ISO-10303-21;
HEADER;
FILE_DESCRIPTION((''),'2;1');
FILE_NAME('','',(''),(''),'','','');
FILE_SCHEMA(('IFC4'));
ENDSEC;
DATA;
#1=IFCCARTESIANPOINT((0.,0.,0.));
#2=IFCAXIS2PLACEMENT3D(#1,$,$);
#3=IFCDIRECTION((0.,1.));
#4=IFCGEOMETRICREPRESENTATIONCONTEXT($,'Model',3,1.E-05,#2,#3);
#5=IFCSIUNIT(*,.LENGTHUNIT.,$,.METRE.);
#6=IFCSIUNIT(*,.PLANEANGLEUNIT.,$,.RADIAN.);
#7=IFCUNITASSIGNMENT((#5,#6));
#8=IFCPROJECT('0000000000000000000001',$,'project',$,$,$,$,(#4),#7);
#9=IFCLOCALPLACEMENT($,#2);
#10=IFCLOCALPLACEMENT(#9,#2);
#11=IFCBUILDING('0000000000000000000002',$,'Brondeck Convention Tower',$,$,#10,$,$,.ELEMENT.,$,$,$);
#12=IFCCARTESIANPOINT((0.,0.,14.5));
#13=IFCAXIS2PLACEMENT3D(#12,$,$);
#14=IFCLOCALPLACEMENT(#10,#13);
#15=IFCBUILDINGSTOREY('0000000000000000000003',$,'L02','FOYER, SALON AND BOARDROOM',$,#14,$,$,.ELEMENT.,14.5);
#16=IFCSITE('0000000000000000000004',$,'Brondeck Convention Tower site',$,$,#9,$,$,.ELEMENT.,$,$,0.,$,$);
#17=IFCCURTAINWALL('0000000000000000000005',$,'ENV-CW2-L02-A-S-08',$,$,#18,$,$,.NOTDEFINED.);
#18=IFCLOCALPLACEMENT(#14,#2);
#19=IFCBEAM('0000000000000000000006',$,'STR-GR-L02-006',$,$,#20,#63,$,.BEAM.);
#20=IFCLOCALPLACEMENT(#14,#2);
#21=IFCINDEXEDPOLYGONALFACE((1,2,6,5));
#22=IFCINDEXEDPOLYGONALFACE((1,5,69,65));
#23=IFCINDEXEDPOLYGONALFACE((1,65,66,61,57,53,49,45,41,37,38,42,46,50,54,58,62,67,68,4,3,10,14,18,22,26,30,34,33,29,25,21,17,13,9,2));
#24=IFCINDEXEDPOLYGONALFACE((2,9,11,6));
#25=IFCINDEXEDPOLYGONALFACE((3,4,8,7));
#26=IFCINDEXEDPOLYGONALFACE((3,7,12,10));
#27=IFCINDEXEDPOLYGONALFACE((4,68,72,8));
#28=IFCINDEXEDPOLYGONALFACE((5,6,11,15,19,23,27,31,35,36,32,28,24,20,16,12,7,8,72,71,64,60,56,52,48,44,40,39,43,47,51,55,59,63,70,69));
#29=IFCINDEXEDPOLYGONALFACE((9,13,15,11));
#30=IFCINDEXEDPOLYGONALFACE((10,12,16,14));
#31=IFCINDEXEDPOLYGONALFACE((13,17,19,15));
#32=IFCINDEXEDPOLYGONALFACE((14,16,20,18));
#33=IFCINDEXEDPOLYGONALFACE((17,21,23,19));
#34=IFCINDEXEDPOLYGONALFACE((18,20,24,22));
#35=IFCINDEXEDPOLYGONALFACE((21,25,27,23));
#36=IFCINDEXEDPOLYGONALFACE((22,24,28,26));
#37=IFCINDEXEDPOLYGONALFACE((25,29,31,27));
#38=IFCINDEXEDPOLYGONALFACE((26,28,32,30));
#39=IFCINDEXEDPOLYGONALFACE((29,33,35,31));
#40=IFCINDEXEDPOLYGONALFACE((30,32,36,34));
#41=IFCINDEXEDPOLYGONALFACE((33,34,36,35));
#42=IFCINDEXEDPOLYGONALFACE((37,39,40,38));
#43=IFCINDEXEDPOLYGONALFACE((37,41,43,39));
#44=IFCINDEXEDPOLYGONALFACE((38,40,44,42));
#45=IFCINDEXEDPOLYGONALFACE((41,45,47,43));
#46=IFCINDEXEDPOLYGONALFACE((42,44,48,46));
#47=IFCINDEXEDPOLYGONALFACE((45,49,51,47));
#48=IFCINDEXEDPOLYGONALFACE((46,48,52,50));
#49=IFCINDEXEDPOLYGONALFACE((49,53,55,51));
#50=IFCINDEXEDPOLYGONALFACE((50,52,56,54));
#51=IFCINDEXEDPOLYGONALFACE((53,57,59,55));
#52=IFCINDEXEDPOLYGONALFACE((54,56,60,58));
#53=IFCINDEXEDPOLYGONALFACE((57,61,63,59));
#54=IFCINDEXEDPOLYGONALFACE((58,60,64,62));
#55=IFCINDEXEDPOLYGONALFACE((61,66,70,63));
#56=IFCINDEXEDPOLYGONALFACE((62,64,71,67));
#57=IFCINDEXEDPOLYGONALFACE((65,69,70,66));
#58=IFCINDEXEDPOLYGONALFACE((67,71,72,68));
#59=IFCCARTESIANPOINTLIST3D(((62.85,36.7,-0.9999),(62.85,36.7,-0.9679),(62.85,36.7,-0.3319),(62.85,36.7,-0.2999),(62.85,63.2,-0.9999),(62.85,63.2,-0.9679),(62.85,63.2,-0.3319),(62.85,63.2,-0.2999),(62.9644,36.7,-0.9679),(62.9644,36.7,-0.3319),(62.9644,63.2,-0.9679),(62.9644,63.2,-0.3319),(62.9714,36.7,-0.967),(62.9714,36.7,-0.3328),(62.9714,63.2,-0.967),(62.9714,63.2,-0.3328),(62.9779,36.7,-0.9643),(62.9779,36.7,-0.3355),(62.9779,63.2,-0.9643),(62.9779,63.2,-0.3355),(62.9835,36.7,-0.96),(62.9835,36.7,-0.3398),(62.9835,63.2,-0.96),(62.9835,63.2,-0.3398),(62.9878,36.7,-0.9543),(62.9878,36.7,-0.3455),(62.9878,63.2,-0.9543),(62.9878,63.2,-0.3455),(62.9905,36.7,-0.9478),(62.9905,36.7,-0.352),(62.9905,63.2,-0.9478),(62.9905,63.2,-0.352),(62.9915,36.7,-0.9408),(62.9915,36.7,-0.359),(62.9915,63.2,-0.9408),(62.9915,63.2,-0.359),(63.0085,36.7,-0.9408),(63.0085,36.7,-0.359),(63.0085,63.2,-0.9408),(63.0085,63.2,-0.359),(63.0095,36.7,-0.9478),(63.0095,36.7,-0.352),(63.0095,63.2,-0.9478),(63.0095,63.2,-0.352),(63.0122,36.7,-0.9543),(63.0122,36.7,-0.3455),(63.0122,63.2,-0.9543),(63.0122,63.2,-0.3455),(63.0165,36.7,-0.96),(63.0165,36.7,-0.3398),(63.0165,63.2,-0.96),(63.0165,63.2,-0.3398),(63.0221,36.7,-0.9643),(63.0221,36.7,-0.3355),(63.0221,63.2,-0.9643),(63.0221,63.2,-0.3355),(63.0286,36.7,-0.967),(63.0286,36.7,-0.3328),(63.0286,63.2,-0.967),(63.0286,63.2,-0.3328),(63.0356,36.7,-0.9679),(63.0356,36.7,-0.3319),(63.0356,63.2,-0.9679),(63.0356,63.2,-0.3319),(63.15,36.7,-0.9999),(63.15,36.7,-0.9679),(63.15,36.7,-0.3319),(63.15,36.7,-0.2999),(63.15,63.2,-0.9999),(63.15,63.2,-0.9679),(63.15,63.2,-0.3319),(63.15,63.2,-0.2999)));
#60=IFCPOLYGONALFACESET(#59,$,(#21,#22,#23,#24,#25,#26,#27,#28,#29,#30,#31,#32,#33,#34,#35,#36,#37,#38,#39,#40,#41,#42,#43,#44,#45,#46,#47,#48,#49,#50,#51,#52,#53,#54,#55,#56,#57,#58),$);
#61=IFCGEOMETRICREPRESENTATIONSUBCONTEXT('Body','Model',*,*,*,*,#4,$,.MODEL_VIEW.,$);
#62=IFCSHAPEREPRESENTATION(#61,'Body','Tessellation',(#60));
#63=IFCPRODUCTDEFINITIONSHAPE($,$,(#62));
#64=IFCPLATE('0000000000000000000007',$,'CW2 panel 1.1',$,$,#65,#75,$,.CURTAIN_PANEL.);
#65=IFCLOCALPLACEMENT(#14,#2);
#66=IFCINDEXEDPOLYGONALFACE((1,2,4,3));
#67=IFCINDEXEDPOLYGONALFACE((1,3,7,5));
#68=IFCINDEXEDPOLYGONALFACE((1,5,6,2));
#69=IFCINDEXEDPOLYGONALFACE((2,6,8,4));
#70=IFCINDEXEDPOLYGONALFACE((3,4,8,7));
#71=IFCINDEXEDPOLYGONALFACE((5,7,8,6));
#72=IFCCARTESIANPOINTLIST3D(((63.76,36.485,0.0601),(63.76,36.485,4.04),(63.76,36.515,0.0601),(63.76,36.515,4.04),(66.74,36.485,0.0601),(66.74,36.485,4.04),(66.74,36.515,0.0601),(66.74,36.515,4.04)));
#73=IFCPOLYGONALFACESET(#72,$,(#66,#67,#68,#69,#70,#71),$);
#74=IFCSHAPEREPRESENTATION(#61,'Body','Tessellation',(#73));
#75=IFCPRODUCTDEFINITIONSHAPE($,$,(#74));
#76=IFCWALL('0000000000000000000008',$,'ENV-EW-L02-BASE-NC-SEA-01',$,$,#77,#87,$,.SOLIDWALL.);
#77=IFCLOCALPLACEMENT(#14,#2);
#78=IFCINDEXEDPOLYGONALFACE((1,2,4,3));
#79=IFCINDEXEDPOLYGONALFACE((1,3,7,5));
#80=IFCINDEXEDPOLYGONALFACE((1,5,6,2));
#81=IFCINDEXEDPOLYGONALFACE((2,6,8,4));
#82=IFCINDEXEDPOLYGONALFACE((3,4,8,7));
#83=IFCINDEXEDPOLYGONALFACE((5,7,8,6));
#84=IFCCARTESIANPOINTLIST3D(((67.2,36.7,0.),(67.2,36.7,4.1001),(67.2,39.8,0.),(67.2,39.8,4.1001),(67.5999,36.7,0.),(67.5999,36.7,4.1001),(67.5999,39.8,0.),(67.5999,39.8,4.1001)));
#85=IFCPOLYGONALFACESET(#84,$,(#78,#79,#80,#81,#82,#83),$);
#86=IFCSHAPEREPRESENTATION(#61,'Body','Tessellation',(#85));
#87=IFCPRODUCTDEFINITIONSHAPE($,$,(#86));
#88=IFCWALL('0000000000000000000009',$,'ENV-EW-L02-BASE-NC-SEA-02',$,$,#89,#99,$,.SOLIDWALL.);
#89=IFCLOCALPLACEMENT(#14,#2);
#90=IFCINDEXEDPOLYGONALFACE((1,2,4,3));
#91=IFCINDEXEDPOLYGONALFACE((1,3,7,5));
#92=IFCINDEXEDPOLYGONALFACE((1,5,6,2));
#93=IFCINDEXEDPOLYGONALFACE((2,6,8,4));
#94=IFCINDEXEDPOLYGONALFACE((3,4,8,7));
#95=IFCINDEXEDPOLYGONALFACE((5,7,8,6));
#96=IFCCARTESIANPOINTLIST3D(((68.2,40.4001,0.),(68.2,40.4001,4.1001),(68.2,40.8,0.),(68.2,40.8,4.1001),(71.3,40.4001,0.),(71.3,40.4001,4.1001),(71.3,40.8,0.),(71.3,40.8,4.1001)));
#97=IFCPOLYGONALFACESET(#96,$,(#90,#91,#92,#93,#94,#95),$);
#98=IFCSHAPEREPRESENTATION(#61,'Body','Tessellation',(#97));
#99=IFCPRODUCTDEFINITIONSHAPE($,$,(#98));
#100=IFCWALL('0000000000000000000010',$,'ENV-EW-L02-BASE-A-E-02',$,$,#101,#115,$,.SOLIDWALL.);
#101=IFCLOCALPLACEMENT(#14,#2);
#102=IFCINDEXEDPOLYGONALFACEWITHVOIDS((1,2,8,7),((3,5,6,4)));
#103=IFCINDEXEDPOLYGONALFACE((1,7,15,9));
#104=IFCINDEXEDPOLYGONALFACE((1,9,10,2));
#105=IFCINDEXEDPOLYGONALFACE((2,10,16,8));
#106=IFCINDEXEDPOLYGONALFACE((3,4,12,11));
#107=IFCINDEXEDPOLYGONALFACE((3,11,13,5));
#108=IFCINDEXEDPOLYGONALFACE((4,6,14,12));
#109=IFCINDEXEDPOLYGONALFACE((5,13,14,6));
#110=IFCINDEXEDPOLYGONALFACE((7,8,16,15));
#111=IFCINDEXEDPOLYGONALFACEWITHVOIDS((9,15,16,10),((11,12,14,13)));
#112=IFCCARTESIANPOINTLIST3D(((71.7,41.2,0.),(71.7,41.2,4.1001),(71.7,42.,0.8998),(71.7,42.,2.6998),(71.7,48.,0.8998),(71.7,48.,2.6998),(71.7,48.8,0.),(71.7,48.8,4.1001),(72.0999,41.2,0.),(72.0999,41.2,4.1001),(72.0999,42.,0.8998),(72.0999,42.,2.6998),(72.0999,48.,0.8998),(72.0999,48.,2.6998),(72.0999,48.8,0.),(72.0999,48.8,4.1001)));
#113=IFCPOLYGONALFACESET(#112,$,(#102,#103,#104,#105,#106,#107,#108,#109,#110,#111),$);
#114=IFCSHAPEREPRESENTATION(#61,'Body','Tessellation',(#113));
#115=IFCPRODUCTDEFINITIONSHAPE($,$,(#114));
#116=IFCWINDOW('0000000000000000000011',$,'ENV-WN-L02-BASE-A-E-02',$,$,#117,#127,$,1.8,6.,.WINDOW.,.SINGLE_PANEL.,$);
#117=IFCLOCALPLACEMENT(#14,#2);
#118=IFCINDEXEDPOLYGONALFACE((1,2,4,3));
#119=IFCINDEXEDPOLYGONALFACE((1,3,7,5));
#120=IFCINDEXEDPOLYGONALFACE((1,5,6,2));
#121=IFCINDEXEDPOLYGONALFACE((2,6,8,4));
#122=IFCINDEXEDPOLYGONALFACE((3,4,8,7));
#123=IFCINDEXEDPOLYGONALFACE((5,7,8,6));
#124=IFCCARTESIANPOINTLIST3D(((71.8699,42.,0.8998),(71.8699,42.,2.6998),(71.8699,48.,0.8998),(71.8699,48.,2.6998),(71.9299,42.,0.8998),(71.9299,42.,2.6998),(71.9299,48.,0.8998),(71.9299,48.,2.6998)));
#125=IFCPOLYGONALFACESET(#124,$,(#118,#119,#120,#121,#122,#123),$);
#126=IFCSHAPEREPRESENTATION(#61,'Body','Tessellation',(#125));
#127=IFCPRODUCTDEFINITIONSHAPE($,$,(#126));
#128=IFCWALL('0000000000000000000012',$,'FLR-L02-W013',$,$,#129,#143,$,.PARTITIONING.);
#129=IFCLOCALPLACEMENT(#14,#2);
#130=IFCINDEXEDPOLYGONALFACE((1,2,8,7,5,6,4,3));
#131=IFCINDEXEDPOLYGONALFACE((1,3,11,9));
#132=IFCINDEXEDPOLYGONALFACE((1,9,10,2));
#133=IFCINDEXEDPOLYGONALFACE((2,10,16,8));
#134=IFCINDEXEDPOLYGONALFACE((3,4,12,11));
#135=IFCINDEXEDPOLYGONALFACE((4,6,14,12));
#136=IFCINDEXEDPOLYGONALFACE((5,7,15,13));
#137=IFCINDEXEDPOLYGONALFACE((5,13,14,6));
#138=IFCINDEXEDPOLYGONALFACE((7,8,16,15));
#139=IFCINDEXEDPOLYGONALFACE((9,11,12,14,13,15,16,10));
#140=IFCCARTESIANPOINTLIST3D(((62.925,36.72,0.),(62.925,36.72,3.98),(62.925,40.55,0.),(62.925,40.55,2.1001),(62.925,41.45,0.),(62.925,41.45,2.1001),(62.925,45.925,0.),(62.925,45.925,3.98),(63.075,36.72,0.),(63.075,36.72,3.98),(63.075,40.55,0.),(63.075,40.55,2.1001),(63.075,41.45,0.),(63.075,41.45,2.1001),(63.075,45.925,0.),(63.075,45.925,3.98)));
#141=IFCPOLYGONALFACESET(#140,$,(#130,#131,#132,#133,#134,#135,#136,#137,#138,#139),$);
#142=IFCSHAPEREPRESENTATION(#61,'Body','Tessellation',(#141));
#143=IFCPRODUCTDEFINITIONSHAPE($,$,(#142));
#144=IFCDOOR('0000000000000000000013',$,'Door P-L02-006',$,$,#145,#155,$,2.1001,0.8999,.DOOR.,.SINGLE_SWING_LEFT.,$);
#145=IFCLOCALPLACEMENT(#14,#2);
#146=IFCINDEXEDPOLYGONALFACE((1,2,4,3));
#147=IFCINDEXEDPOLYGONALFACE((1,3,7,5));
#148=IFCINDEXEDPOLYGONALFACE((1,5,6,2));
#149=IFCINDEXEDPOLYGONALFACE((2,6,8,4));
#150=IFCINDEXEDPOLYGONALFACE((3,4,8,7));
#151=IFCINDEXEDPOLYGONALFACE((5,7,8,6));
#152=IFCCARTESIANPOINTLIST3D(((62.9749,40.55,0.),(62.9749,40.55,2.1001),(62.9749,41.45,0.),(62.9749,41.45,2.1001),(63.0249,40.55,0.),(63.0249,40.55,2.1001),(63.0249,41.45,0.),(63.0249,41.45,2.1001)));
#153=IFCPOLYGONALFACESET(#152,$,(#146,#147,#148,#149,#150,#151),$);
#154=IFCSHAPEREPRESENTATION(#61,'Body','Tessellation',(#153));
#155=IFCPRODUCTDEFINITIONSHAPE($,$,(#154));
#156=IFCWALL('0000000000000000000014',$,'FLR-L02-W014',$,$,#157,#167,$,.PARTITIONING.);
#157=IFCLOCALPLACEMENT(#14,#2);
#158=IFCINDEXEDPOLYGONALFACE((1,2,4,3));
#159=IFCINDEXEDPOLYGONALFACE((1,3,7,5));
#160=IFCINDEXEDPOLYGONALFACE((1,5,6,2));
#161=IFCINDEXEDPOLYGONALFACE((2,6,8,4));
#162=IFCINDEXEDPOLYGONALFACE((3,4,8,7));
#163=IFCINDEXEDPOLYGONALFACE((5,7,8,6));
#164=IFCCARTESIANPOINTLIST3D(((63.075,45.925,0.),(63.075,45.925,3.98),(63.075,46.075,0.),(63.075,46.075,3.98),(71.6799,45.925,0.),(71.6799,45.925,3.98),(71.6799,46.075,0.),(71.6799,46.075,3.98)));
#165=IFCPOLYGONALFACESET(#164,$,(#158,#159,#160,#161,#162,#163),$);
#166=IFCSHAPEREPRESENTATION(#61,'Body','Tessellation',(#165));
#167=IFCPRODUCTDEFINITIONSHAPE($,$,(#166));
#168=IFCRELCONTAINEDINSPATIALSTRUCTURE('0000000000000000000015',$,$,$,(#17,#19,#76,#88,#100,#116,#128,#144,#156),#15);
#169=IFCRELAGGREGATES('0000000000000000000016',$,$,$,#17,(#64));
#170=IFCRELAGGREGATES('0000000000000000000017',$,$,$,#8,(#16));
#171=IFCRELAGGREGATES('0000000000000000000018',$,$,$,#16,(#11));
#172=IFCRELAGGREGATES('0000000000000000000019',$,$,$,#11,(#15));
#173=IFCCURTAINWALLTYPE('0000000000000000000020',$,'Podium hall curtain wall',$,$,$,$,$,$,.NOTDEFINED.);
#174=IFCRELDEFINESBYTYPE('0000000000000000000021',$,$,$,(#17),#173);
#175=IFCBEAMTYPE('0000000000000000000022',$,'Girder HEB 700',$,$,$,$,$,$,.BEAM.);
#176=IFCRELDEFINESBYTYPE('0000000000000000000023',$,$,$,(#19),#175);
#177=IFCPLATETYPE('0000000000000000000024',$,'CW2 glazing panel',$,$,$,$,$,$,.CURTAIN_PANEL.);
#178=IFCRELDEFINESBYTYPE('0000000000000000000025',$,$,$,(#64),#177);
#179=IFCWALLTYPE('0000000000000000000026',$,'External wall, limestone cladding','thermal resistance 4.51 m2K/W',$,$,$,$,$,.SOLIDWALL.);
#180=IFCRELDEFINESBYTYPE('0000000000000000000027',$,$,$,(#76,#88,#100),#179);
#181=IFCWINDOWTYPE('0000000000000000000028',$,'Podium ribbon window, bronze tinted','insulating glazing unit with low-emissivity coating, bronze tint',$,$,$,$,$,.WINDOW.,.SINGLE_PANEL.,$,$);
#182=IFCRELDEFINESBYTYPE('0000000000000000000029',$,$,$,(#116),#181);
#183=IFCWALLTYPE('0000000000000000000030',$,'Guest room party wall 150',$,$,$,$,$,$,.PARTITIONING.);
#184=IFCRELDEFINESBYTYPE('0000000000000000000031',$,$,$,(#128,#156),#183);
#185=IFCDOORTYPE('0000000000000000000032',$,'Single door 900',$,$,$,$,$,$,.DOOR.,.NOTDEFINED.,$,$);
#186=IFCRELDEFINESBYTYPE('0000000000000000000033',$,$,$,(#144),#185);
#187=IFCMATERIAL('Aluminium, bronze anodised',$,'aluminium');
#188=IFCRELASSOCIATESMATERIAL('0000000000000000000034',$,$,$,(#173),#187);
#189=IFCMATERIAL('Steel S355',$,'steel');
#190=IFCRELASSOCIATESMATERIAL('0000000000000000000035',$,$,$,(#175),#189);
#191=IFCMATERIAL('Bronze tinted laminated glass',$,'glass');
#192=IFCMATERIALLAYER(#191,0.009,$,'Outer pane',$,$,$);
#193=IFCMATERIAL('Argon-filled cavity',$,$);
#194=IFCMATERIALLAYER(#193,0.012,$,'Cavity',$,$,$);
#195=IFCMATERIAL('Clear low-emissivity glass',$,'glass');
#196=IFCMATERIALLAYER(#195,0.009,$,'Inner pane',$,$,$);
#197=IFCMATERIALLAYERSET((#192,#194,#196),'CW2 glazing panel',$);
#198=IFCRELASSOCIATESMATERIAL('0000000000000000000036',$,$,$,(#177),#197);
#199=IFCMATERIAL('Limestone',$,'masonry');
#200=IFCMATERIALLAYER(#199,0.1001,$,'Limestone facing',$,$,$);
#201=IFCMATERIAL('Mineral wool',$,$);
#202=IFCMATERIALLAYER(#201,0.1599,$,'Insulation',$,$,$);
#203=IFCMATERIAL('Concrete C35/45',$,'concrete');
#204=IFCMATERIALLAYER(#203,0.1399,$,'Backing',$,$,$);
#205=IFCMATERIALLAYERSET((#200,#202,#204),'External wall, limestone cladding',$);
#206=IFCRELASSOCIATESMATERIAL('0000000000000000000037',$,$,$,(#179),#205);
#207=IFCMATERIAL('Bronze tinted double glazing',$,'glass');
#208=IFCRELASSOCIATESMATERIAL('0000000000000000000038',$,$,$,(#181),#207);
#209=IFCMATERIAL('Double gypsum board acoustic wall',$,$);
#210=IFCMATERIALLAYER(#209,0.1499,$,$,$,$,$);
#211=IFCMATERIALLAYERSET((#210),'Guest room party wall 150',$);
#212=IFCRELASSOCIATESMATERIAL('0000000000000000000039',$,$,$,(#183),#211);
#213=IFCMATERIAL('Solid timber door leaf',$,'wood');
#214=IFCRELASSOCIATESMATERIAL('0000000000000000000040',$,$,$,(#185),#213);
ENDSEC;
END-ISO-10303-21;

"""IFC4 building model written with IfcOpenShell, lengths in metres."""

from ifc_helpers import new_model, si_unit, direction, frame, frame_2d, origin, origin_2d, place, context, subcontext, project, spatial, rectangle, i_section, extrude, material, layer, layer_set, material_profile, profile_set, type_object, element, fill, aggregate, save


model = new_model("IFC4")

# Units and contexts
model_context = context("Model", 3, precision=1e-05, world=origin(), true_north=direction((0.0, 1.0)))
body_context = subcontext(model_context, "Body", "Model", "MODEL_VIEW")
ifc_project = project(units=[si_unit("LENGTHUNIT", "METRE"), si_unit("PLANEANGLEUNIT", "RADIAN")], contexts=[model_context])

# Site, building, storey
site_placement = place(None, origin())
site = spatial("IfcSite", under=ifc_project, at=site_placement, Name="Brondeck Convention Tower site", CompositionType="ELEMENT", RefElevation=0.0)
building_placement = place(site_placement, origin())
building = spatial("IfcBuilding", under=site, at=building_placement, Name="Brondeck Convention Tower", CompositionType="ELEMENT")
storey_placement = place(building_placement, frame((0.0, 0.0, 14.5)))
storey = spatial("IfcBuildingStorey", under=building, at=storey_placement, Name="L02", Description="FOYER, SALON AND BOARDROOM", CompositionType="ELEMENT", Elevation=14.5)

# Curtain wall
ifc_material_1 = material(Name="Aluminium, bronze anodised", Category="aluminium")
curtain_wall_type = type_object("IfcCurtainWallType", Name="Podium hall curtain wall", PredefinedType="NOTDEFINED", material=ifc_material_1)
curtain_wall_placement = place(storey_placement, origin())
curtain_wall = element("IfcCurtainWall", 1, at=curtain_wall_placement, inside=storey, type_object=curtain_wall_type, Name="ENV-CW2-L02-A-S-08", PredefinedType="NOTDEFINED")

# Beam
ifc_material_2 = material(Name="Steel S355", Category="steel")
ifc_material_profile_1 = material_profile(ifc_material_2, i_section(OverallWidth=0.3, OverallDepth=0.7, WebThickness=0.0171, FlangeThickness=0.032, FilletRadius=0.0271, at=origin_2d()), Name="HEB 700")
ifc_profile_set_1 = profile_set([ifc_material_profile_1], Name="Steel S355")
beam_type_1 = type_object("IfcBeamType", Name="Girder HEB 700", PredefinedType="BEAM", material=ifc_profile_set_1)
beam_1_placement = place(storey_placement, frame((63.0, 36.7, -0.6499), z_axis=(0.0, 1.0, 0.0), x_axis=(-1.0, 0.0, 0.0)))
element("IfcBeam", 2, at=beam_1_placement, inside=storey, type_object=beam_type_1, Name="STR-GR-L02-006", PredefinedType="BEAM", context=body_context, shape_type="SweptSolid", body=[
    extrude(i_section(OverallWidth=0.3, OverallDepth=0.7, WebThickness=0.0171, FlangeThickness=0.032, FilletRadius=0.0271, at=origin_2d()), origin(), (0.0, 0.0, 1.0), 26.5),
])

# Plate
ifc_material_3 = material(Name="Bronze tinted laminated glass", Category="glass")
ifc_layer_1 = layer(ifc_material_3, 0.009, Name="Outer pane")
ifc_material_4 = material(Name="Argon-filled cavity")
ifc_layer_2 = layer(ifc_material_4, 0.012, Name="Cavity")
ifc_material_5 = material(Name="Clear low-emissivity glass", Category="glass")
ifc_layer_3 = layer(ifc_material_5, 0.009, Name="Inner pane")
ifc_layer_set_1 = layer_set([ifc_layer_1, ifc_layer_2, ifc_layer_3], Name="CW2 glazing panel")
plate_type = type_object("IfcPlateType", Name="CW2 glazing panel", PredefinedType="CURTAIN_PANEL", material=ifc_layer_set_1)
plate_placement = place(storey_placement, frame((65.25, 36.5, 0.0601), z_axis=(0.0, 0.0, 1.0), x_axis=(-1.0, 0.0, 0.0)))
plate = element("IfcPlate", 3, at=plate_placement, type_object=plate_type, Name="CW2 panel 1.1", PredefinedType="CURTAIN_PANEL", context=body_context, shape_type="SweptSolid", body=[
    extrude(rectangle(XDim=2.98, YDim=0.03, at=origin_2d()), origin(), (0.0, 0.0, 1.0), 3.98),
])
aggregate(curtain_wall, [plate])

# Walls
ifc_material_6 = material(Name="Limestone", Category="masonry")
ifc_layer_4 = layer(ifc_material_6, 0.1001, Name="Limestone facing")
ifc_material_7 = material(Name="Mineral wool")
ifc_layer_5 = layer(ifc_material_7, 0.1599, Name="Insulation")
ifc_material_8 = material(Name="Concrete C35/45", Category="concrete")
ifc_layer_6 = layer(ifc_material_8, 0.1399, Name="Backing")
ifc_layer_set_2 = layer_set([ifc_layer_4, ifc_layer_5, ifc_layer_6], Name="External wall, limestone cladding")
wall_type_1 = type_object("IfcWallType", Name="External wall, limestone cladding", Description="thermal resistance 4.51 m2K/W", PredefinedType="SOLIDWALL", material=ifc_layer_set_2)
for number, where, z_axis, x_axis, name in (
    (4, (67.3999, 39.8, 0.0), (0.0, 0.0, 1.0), (0.0, -1.0, 0.0), "ENV-EW-L02-BASE-NC-SEA-01"),
    (5, (71.3, 40.6001, 0.0), (0.0, 0.0, 1.0), (-1.0, 0.0, 0.0), "ENV-EW-L02-BASE-NC-SEA-02"),
):
    element("IfcWall", number, at=place(storey_placement, frame(where, z_axis=z_axis, x_axis=x_axis)), inside=storey, type_object=wall_type_1, Name=name, PredefinedType="SOLIDWALL", context=body_context, shape_type="SweptSolid", body=[
        extrude(rectangle(XDim=3.1001, YDim=0.3999, at=frame_2d((1.55, 0.0))), origin(), (0.0, 0.0, 1.0), 4.1001),
    ])

# Wall, opening, window
wall_1_placement = place(storey_placement, frame((71.8999, 48.8, 0.0), z_axis=(0.0, 0.0, 1.0), x_axis=(0.0, -1.0, 0.0)))
wall_1 = element("IfcWall", 6, at=wall_1_placement, inside=storey, type_object=wall_type_1, Name="ENV-EW-L02-BASE-A-E-02", PredefinedType="SOLIDWALL", context=body_context, shape_type="SweptSolid", body=[
    extrude(rectangle(XDim=7.6001, YDim=0.3999, at=frame_2d((3.8, 0.0))), origin(), (0.0, 0.0, 1.0), 4.1001),
])
opening_1_placement = place(wall_1_placement, frame((0.8, 0.0, 0.8999)))
opening_1 = element("IfcOpeningElement", 7, at=opening_1_placement, cuts=wall_1, PredefinedType="OPENING", context=body_context, shape_type="SweptSolid", body=[
    extrude(rectangle(XDim=6.0, YDim=1.8, at=frame_2d((3.0, 0.8999))), frame((0.0, 0.21, 0.0), z_axis=(0.0, -1.0, 0.0), x_axis=(1.0, 0.0, 0.0)), (0.0, 0.0, 1.0), 0.4199),
])
ifc_material_9 = material(Name="Bronze tinted double glazing", Category="glass")
window_type = type_object("IfcWindowType", Name="Podium ribbon window, bronze tinted", Description="insulating glazing unit with low-emissivity coating, bronze tint", PartitioningType="SINGLE_PANEL", PredefinedType="WINDOW", material=ifc_material_9)
window_placement = place(opening_1_placement, origin())
window = element("IfcWindow", 8, at=window_placement, inside=storey, type_object=window_type, Name="ENV-WN-L02-BASE-A-E-02", OverallHeight=1.8, OverallWidth=6.0, PartitioningType="SINGLE_PANEL", PredefinedType="WINDOW", context=body_context, shape_type="SweptSolid", body=[
    extrude(rectangle(XDim=6.0, YDim=1.8, at=frame_2d((3.0, 0.8999))), frame((0.0, 0.03, 0.0), z_axis=(0.0, -1.0, 0.0), x_axis=(1.0, 0.0, 0.0)), (0.0, 0.0, 1.0), 0.0601),
])
fill(opening_1, window)

# Wall, opening, door
ifc_material_10 = material(Name="Double gypsum board acoustic wall")
ifc_layer_7 = layer(ifc_material_10, 0.1499)
ifc_layer_set_3 = layer_set([ifc_layer_7], Name="Guest room party wall 150")
wall_type_2 = type_object("IfcWallType", Name="Guest room party wall 150", PredefinedType="PARTITIONING", material=ifc_layer_set_3)
wall_2_placement = place(storey_placement, frame((63.0, 45.925, 0.0), z_axis=(0.0, 0.0, 1.0), x_axis=(0.0, -1.0, 0.0)))
wall_2 = element("IfcWall", 9, at=wall_2_placement, inside=storey, type_object=wall_type_2, Name="FLR-L02-W013", PredefinedType="PARTITIONING", context=body_context, shape_type="SweptSolid", body=[
    extrude(rectangle(XDim=9.2051, YDim=0.1499, at=frame_2d((4.6025, 0.0))), origin(), (0.0, 0.0, 1.0), 3.98),
])
opening_2_placement = place(wall_2_placement, frame((4.4751, 0.0, 0.0)))
opening_2 = element("IfcOpeningElement", 10, at=opening_2_placement, cuts=wall_2, PredefinedType="OPENING", context=body_context, shape_type="SweptSolid", body=[
    extrude(rectangle(XDim=0.8999, YDim=2.1001, at=frame_2d((0.45, 1.05))), frame((0.0, 0.085, 0.0), z_axis=(0.0, -1.0, 0.0), x_axis=(1.0, 0.0, 0.0)), (0.0, 0.0, 1.0), 0.1699),
])
ifc_material_11 = material(Name="Solid timber door leaf", Category="wood")
door_type_1 = type_object("IfcDoorType", Name="Single door 900", OperationType="NOTDEFINED", PredefinedType="DOOR", material=ifc_material_11)
door_1_placement = place(opening_2_placement, origin())
door_1 = element("IfcDoor", 11, at=door_1_placement, inside=storey, type_object=door_type_1, Name="Door P-L02-006", OperationType="SINGLE_SWING_LEFT", OverallHeight=2.1001, OverallWidth=0.8999, PredefinedType="DOOR", context=body_context, shape_type="SweptSolid", body=[
    extrude(rectangle(XDim=0.8999, YDim=2.1001, at=frame_2d((0.45, 1.05))), frame((0.0, 0.0249, 0.0), z_axis=(0.0, -1.0, 0.0), x_axis=(1.0, 0.0, 0.0)), (0.0, 0.0, 1.0), 0.05),
])
fill(opening_2, door_1)

# Wall
wall_3_placement = place(storey_placement, frame((63.075, 46.0, 0.0), z_axis=(0.0, 0.0, 1.0), x_axis=(1.0, 0.0, 0.0)))
element("IfcWall", 12, at=wall_3_placement, inside=storey, type_object=wall_type_2, Name="FLR-L02-W014", PredefinedType="PARTITIONING", context=body_context, shape_type="SweptSolid", body=[
    extrude(rectangle(XDim=8.605, YDim=0.1499, at=frame_2d((4.3025, 0.0))), origin(), (0.0, 0.0, 1.0), 3.98),
])

save(model, "model.ifc")
